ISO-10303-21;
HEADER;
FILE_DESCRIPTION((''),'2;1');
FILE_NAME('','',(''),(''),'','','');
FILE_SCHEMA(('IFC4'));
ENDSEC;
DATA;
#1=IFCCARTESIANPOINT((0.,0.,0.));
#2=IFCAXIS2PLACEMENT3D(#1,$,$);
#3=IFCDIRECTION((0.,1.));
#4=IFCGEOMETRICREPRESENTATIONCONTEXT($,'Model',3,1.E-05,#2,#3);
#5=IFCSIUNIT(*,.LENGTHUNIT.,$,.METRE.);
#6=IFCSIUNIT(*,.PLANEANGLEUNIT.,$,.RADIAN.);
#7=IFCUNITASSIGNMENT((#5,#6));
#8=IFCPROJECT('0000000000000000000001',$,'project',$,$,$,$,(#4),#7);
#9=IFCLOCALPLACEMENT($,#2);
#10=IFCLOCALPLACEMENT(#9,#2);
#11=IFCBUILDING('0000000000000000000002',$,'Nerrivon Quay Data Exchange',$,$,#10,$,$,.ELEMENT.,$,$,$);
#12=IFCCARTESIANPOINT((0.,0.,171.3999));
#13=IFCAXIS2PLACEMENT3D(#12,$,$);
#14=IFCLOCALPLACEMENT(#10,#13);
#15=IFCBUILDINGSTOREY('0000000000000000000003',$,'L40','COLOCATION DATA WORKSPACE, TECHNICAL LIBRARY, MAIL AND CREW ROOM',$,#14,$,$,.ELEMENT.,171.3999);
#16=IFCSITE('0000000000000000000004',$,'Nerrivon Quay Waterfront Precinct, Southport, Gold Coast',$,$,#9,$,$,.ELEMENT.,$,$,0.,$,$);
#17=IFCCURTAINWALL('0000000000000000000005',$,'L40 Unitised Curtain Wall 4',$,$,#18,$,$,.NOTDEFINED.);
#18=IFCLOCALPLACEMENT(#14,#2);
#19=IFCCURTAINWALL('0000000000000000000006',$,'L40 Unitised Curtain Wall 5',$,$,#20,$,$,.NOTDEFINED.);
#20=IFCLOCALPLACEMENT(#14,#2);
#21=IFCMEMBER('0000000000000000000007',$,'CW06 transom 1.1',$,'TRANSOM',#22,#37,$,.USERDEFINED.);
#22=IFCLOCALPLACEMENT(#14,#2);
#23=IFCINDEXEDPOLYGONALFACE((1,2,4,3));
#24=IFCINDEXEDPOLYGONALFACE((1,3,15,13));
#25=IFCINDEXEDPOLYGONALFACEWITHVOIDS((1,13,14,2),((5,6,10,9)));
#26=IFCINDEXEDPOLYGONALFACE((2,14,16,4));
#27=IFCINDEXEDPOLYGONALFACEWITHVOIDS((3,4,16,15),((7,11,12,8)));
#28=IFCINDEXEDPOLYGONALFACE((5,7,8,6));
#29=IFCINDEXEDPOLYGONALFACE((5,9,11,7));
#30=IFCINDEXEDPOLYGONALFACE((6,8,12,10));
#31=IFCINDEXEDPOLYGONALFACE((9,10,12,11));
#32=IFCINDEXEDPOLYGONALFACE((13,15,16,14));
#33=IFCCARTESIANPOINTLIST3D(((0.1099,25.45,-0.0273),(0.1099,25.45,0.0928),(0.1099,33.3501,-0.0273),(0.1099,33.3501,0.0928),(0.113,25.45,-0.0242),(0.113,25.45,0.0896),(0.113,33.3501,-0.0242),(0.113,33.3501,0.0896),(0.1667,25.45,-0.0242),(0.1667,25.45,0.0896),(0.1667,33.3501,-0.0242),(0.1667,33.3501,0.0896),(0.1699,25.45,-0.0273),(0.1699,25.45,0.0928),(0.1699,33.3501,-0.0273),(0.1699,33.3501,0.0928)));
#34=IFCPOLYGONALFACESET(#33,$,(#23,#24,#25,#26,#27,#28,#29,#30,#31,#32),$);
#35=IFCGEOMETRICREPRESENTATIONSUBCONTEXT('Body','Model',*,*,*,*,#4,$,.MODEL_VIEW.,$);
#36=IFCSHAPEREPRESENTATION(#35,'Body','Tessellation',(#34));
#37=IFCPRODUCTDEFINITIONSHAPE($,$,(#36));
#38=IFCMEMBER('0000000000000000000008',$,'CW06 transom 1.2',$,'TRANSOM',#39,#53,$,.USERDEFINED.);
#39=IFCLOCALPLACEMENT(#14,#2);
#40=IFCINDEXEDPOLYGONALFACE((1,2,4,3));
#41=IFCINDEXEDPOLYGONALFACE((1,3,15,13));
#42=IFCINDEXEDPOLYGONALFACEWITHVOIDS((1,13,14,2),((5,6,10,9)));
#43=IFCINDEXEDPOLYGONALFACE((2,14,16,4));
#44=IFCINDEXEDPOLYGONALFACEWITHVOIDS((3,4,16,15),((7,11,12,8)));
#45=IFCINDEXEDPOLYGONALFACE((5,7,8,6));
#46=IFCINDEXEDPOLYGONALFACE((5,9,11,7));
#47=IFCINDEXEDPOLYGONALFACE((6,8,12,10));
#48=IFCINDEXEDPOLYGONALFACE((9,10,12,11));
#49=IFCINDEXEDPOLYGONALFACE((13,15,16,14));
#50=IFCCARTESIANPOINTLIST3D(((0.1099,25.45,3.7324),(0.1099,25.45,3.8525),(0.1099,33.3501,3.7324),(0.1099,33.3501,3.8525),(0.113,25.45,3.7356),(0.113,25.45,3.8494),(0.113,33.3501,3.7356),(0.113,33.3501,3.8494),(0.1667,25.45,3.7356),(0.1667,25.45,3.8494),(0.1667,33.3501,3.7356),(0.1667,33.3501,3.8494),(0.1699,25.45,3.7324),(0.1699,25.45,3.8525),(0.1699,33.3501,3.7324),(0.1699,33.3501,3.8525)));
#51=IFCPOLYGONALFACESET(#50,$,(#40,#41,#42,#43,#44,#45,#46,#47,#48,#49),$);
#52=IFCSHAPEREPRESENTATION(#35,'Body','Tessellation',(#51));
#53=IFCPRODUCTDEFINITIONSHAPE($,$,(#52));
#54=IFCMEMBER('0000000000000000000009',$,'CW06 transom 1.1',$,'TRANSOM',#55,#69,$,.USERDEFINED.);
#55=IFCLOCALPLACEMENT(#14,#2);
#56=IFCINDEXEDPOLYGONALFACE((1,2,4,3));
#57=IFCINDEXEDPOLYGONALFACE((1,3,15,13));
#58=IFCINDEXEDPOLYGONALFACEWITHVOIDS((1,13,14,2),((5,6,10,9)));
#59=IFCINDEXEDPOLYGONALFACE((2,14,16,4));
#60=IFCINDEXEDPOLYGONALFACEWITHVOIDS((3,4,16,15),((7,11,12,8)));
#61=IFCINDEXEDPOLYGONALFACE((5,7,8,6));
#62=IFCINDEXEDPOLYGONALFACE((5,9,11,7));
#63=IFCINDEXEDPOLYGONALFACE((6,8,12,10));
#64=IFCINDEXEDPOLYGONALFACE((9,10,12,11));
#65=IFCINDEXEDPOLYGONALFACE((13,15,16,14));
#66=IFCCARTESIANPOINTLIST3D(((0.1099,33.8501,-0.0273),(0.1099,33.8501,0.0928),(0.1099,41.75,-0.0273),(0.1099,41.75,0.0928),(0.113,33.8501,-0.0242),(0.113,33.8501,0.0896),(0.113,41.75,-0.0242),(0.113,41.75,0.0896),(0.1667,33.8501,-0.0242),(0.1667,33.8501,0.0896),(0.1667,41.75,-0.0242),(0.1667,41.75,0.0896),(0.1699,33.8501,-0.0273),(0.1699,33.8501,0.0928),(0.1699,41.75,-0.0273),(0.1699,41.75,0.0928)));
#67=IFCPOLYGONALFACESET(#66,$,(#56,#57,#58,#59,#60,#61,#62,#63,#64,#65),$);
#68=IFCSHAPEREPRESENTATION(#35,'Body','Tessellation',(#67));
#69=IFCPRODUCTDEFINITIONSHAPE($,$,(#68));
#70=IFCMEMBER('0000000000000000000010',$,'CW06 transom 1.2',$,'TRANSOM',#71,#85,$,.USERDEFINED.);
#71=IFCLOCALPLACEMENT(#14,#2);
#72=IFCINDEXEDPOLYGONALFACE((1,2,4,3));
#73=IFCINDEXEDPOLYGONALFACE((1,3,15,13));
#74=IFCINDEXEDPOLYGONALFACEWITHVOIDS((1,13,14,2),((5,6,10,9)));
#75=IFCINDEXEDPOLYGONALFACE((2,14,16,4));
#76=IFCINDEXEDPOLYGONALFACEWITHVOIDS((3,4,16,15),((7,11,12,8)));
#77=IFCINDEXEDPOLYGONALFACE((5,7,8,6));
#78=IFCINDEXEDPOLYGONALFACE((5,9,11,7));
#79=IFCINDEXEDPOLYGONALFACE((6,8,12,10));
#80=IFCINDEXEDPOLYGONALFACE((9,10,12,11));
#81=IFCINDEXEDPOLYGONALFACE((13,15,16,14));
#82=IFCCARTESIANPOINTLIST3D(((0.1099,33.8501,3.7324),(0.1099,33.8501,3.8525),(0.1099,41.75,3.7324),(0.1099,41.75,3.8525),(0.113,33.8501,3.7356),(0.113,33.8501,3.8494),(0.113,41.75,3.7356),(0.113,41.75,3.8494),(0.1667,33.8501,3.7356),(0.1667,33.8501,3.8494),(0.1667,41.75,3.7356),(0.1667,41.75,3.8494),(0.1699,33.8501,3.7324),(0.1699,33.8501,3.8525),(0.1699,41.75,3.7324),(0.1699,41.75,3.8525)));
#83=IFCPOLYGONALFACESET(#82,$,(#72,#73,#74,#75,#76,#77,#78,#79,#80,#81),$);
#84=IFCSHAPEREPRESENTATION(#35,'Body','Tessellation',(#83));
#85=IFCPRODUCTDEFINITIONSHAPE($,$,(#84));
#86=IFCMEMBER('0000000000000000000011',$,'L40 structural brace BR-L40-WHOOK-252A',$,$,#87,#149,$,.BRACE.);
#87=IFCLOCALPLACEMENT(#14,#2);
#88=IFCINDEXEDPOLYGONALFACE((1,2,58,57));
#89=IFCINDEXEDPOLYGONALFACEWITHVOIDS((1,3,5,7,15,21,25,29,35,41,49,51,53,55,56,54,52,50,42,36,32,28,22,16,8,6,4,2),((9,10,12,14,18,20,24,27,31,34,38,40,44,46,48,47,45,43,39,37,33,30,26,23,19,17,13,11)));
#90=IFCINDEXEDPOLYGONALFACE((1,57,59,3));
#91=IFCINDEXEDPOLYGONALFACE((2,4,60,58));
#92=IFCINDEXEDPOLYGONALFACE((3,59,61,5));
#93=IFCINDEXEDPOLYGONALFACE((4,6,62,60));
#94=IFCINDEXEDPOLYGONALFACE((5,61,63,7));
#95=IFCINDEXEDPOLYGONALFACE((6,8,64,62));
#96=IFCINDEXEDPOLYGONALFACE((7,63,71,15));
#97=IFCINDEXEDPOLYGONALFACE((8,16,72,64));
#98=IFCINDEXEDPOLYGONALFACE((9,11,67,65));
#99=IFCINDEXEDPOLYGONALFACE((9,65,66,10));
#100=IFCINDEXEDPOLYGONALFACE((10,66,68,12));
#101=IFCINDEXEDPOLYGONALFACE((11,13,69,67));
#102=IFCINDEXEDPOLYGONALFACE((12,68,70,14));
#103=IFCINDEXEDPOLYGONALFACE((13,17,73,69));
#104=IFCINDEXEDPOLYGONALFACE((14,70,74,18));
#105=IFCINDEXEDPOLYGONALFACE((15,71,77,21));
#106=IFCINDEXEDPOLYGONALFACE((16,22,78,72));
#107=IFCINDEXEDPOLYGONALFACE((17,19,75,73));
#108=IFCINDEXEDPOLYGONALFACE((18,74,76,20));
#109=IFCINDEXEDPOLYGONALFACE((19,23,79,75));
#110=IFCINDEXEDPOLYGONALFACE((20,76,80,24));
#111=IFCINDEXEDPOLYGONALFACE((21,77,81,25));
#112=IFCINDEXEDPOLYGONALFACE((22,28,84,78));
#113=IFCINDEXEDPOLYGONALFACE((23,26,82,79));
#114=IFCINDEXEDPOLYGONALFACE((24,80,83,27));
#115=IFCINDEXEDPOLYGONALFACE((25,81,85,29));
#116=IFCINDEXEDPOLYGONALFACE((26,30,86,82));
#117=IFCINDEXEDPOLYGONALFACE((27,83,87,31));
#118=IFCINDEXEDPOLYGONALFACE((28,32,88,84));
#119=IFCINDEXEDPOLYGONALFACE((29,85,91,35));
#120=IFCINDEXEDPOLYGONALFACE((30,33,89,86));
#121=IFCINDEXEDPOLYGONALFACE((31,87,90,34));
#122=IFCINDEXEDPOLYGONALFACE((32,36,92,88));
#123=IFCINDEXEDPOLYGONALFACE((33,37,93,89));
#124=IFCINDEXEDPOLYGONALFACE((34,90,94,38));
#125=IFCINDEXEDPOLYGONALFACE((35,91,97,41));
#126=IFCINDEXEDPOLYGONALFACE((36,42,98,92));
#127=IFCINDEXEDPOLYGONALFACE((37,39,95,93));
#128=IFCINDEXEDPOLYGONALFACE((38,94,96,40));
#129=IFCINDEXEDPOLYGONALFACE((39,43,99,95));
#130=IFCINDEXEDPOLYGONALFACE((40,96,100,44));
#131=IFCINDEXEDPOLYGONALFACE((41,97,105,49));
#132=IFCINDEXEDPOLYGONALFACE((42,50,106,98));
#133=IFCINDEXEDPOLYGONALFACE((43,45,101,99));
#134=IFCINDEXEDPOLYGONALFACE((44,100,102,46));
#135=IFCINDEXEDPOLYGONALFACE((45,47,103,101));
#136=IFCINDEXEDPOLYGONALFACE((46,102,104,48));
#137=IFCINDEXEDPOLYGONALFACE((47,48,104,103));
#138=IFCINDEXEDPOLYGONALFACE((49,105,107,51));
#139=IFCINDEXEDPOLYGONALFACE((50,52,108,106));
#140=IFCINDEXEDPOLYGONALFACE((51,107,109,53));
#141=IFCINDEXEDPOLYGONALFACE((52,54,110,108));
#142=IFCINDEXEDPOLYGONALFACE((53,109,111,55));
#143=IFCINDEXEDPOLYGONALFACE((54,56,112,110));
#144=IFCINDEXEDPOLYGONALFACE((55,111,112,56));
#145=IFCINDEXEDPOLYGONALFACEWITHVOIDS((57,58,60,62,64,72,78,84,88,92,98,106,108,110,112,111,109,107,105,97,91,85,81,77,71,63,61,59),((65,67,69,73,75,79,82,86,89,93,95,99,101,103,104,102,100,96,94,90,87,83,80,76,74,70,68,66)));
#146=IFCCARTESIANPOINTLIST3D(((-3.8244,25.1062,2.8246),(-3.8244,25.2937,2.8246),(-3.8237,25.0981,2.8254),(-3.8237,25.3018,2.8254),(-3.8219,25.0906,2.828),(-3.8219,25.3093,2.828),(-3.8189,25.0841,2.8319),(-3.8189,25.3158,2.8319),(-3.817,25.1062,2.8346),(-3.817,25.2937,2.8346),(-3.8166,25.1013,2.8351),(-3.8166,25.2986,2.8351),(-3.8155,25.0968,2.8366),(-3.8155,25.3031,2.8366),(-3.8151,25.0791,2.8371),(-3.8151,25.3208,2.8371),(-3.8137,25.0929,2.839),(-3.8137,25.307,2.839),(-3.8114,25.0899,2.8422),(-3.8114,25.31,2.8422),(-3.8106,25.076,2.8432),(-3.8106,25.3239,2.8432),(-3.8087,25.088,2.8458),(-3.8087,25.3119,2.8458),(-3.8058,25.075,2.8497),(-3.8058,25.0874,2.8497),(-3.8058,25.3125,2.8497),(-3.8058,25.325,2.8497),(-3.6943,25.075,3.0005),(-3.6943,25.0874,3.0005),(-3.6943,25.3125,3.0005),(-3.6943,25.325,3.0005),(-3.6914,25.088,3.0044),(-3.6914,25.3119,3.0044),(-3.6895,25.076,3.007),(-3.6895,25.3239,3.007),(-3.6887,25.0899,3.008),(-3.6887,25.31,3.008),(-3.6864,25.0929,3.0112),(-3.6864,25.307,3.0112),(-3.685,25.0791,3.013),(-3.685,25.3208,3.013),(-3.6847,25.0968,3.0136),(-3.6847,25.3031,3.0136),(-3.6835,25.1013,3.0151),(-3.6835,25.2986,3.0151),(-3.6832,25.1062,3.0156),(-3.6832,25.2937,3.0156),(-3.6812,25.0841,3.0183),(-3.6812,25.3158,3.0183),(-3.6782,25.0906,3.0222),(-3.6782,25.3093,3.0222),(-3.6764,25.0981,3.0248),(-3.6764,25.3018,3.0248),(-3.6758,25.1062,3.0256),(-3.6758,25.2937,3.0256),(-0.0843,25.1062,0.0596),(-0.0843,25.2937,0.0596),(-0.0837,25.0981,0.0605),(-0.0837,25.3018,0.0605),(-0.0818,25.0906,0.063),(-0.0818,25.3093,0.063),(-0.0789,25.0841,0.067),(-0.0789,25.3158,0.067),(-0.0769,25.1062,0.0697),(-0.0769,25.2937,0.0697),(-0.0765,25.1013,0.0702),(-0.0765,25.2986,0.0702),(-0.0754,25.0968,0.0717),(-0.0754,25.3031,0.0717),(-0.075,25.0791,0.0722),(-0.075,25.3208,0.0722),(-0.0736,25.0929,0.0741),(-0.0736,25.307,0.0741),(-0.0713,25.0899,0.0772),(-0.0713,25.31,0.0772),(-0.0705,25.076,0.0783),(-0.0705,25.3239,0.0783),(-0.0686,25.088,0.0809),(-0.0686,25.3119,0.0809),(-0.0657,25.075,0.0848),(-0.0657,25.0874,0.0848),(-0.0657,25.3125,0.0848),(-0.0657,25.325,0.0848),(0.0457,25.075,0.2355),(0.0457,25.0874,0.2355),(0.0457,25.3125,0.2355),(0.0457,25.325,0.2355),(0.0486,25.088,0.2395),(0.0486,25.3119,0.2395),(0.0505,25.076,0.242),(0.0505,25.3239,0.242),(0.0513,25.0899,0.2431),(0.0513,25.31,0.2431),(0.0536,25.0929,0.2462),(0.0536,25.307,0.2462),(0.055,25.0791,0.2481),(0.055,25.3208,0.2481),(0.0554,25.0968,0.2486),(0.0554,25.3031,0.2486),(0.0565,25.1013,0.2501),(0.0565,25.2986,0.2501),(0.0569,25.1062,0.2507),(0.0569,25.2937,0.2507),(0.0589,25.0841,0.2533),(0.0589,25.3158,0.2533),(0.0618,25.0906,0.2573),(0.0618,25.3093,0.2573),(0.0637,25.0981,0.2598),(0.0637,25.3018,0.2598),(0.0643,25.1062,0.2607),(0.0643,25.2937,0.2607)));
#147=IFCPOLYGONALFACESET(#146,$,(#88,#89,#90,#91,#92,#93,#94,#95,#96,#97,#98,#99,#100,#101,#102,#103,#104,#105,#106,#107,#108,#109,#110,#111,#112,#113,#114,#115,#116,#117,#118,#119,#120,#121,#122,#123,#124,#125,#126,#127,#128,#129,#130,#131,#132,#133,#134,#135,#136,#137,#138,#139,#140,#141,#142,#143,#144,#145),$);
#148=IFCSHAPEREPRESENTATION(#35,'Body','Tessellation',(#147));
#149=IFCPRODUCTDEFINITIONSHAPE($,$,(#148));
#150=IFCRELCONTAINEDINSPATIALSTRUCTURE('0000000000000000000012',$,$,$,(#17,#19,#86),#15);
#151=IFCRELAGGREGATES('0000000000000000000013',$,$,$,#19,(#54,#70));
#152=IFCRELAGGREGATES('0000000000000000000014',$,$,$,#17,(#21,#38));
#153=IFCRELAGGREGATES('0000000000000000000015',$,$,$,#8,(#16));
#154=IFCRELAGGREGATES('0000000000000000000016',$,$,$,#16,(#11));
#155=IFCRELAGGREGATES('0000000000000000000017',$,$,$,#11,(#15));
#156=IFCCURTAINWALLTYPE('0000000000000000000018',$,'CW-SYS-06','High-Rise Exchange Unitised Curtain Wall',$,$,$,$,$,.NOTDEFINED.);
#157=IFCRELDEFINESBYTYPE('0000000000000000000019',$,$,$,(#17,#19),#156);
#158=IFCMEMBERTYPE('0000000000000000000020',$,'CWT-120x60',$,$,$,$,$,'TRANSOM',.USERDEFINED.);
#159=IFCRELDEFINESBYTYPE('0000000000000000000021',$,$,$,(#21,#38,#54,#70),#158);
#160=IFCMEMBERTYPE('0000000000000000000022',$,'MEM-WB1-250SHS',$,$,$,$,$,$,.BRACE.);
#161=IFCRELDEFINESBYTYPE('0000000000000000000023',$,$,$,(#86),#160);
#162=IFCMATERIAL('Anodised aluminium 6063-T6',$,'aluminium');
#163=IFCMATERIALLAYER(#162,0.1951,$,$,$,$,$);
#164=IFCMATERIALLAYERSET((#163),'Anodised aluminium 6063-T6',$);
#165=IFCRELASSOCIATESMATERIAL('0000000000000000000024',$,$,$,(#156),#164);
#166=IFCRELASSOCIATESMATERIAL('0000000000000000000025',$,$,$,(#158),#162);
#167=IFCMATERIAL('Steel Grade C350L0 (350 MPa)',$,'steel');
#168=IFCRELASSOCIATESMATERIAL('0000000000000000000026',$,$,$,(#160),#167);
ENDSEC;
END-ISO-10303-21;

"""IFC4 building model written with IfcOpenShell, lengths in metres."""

from ifc_helpers import new_model, si_unit, direction, frame, origin, origin_2d, place, context, subcontext, project, spatial, hollow_rectangle, extrude, material, layer, layer_set, material_profile, profile_set, type_object, element, aggregate, save


model = new_model("IFC4")

# Units and contexts
model_context = context("Model", 3, precision=1e-05, world=origin(), true_north=direction((0.0, 1.0)))
body_context = subcontext(model_context, "Body", "Model", "MODEL_VIEW")
ifc_project = project(units=[si_unit("LENGTHUNIT", "METRE"), si_unit("PLANEANGLEUNIT", "RADIAN")], contexts=[model_context])

# Site, building, storey
site_placement = place(None, origin())
site = spatial("IfcSite", under=ifc_project, at=site_placement, Name="Nerrivon Quay Waterfront Precinct, Southport, Gold Coast", CompositionType="ELEMENT", RefElevation=0.0)
building_placement = place(site_placement, origin())
building = spatial("IfcBuilding", under=site, at=building_placement, Name="Nerrivon Quay Data Exchange", CompositionType="ELEMENT")
storey_placement = place(building_placement, frame((0.0, 0.0, 171.3999)))
storey = spatial("IfcBuildingStorey", under=building, at=storey_placement, Name="L40", Description="COLOCATION DATA WORKSPACE, TECHNICAL LIBRARY, MAIL AND CREW ROOM", CompositionType="ELEMENT", Elevation=171.3999)

# Curtain wall
ifc_material_1 = material(Name="Anodised aluminium 6063-T6", Category="aluminium")
ifc_layer_1 = layer(ifc_material_1, 0.1951)
ifc_layer_set_1 = layer_set([ifc_layer_1], Name="Anodised aluminium 6063-T6")
curtain_wall_type = type_object("IfcCurtainWallType", Name="CW-SYS-06", Description="High-Rise Exchange Unitised Curtain Wall", PredefinedType="NOTDEFINED", material=ifc_layer_set_1)
curtain_wall_1_placement = place(storey_placement, origin())
curtain_wall_1 = element("IfcCurtainWall", 1, at=curtain_wall_1_placement, inside=storey, type_object=curtain_wall_type, Name="L40 Unitised Curtain Wall 4", PredefinedType="NOTDEFINED")

# Curtain wall
curtain_wall_2_placement = place(storey_placement, origin())
curtain_wall_2 = element("IfcCurtainWall", 2, at=curtain_wall_2_placement, inside=storey, type_object=curtain_wall_type, Name="L40 Unitised Curtain Wall 5", PredefinedType="NOTDEFINED")

# Members
ifc_material_profile_1 = material_profile(ifc_material_1, hollow_rectangle(XDim=0.0601, YDim=0.1201, WallThickness=0.0032, at=origin_2d()), Name="ALU-TRAN-120x60")
ifc_profile_set_1 = profile_set([ifc_material_profile_1], Name="Anodised aluminium 6063-T6")
member_type_1 = type_object("IfcMemberType", Name="CWT-120x60", ElementType="TRANSOM", PredefinedType="USERDEFINED", material=ifc_profile_set_1)
member_1_placement = place(storey_placement, frame((0.1399, 25.45, 0.0327), z_axis=(0.0, 1.0, 0.0), x_axis=(-1.0, 0.0, 0.0)))
member_1 = element("IfcMember", 3, at=member_1_placement, type_object=member_type_1, Name="CW06 transom 1.1", ObjectType="TRANSOM", PredefinedType="USERDEFINED", context=body_context, shape_type="SweptSolid", body=[
    extrude(hollow_rectangle(XDim=0.0601, YDim=0.1201, WallThickness=0.0032, at=origin_2d()), origin(), (0.0, 0.0, 1.0), 7.9001),
])
member_2_placement = place(storey_placement, frame((0.1399, 25.45, 3.7925), z_axis=(0.0, 1.0, 0.0), x_axis=(-1.0, 0.0, 0.0)))
member_2 = element("IfcMember", 4, at=member_2_placement, type_object=member_type_1, Name="CW06 transom 1.2", ObjectType="TRANSOM", PredefinedType="USERDEFINED", context=body_context, shape_type="SweptSolid", body=[
    extrude(hollow_rectangle(XDim=0.0601, YDim=0.1201, WallThickness=0.0032, at=origin_2d()), origin(), (0.0, 0.0, 1.0), 7.9001),
])
member_3_placement = place(storey_placement, frame((0.1399, 33.8501, 0.0327), z_axis=(0.0, 1.0, 0.0), x_axis=(-1.0, 0.0, 0.0)))
member_3 = element("IfcMember", 5, at=member_3_placement, type_object=member_type_1, Name="CW06 transom 1.1", ObjectType="TRANSOM", PredefinedType="USERDEFINED", context=body_context, shape_type="SweptSolid", body=[
    extrude(hollow_rectangle(XDim=0.0601, YDim=0.1201, WallThickness=0.0032, at=origin_2d()), origin(), (0.0, 0.0, 1.0), 7.8999),
])
member_4_placement = place(storey_placement, frame((0.1399, 33.8501, 3.7925), z_axis=(0.0, 1.0, 0.0), x_axis=(-1.0, 0.0, 0.0)))
member_4 = element("IfcMember", 6, at=member_4_placement, type_object=member_type_1, Name="CW06 transom 1.2", ObjectType="TRANSOM", PredefinedType="USERDEFINED", context=body_context, shape_type="SweptSolid", body=[
    extrude(hollow_rectangle(XDim=0.0601, YDim=0.1201, WallThickness=0.0032, at=origin_2d()), origin(), (0.0, 0.0, 1.0), 7.8999),
])
aggregate(curtain_wall_2, [member_3, member_4])

# Member
ifc_material_2 = material(Name="Steel Grade C350L0 (350 MPa)", Category="steel")
ifc_material_profile_2 = material_profile(ifc_material_2, hollow_rectangle(XDim=0.25, YDim=0.25, WallThickness=0.0125, InnerFilletRadius=0.0188, OuterFilletRadius=0.0312, at=origin_2d()), Name="250x250x12.5SHS")
ifc_profile_set_2 = profile_set([ifc_material_profile_2], Name="Steel Grade C350L0 (350 MPa)")
member_type_2 = type_object("IfcMemberType", Name="MEM-WB1-250SHS", PredefinedType="BRACE", material=ifc_profile_set_2)
member_5_placement = place(storey_placement, frame((-0.01, 25.2, 0.1602), z_axis=(-0.804119, 0.0, 0.594468), x_axis=(0.0, -1.0, 0.0)))
element("IfcMember", 7, at=member_5_placement, inside=storey, type_object=member_type_2, Name="L40 structural brace BR-L40-WHOOK-252A", PredefinedType="BRACE", context=body_context, shape_type="SweptSolid", body=[
    extrude(hollow_rectangle(XDim=0.25, YDim=0.25, WallThickness=0.0125, InnerFilletRadius=0.0188, OuterFilletRadius=0.0312, at=origin_2d()), origin(), (0.0, 0.0, 1.0), 4.6511),
])

aggregate(curtain_wall_1, [member_1, member_2])

save(model, "model.ifc")
